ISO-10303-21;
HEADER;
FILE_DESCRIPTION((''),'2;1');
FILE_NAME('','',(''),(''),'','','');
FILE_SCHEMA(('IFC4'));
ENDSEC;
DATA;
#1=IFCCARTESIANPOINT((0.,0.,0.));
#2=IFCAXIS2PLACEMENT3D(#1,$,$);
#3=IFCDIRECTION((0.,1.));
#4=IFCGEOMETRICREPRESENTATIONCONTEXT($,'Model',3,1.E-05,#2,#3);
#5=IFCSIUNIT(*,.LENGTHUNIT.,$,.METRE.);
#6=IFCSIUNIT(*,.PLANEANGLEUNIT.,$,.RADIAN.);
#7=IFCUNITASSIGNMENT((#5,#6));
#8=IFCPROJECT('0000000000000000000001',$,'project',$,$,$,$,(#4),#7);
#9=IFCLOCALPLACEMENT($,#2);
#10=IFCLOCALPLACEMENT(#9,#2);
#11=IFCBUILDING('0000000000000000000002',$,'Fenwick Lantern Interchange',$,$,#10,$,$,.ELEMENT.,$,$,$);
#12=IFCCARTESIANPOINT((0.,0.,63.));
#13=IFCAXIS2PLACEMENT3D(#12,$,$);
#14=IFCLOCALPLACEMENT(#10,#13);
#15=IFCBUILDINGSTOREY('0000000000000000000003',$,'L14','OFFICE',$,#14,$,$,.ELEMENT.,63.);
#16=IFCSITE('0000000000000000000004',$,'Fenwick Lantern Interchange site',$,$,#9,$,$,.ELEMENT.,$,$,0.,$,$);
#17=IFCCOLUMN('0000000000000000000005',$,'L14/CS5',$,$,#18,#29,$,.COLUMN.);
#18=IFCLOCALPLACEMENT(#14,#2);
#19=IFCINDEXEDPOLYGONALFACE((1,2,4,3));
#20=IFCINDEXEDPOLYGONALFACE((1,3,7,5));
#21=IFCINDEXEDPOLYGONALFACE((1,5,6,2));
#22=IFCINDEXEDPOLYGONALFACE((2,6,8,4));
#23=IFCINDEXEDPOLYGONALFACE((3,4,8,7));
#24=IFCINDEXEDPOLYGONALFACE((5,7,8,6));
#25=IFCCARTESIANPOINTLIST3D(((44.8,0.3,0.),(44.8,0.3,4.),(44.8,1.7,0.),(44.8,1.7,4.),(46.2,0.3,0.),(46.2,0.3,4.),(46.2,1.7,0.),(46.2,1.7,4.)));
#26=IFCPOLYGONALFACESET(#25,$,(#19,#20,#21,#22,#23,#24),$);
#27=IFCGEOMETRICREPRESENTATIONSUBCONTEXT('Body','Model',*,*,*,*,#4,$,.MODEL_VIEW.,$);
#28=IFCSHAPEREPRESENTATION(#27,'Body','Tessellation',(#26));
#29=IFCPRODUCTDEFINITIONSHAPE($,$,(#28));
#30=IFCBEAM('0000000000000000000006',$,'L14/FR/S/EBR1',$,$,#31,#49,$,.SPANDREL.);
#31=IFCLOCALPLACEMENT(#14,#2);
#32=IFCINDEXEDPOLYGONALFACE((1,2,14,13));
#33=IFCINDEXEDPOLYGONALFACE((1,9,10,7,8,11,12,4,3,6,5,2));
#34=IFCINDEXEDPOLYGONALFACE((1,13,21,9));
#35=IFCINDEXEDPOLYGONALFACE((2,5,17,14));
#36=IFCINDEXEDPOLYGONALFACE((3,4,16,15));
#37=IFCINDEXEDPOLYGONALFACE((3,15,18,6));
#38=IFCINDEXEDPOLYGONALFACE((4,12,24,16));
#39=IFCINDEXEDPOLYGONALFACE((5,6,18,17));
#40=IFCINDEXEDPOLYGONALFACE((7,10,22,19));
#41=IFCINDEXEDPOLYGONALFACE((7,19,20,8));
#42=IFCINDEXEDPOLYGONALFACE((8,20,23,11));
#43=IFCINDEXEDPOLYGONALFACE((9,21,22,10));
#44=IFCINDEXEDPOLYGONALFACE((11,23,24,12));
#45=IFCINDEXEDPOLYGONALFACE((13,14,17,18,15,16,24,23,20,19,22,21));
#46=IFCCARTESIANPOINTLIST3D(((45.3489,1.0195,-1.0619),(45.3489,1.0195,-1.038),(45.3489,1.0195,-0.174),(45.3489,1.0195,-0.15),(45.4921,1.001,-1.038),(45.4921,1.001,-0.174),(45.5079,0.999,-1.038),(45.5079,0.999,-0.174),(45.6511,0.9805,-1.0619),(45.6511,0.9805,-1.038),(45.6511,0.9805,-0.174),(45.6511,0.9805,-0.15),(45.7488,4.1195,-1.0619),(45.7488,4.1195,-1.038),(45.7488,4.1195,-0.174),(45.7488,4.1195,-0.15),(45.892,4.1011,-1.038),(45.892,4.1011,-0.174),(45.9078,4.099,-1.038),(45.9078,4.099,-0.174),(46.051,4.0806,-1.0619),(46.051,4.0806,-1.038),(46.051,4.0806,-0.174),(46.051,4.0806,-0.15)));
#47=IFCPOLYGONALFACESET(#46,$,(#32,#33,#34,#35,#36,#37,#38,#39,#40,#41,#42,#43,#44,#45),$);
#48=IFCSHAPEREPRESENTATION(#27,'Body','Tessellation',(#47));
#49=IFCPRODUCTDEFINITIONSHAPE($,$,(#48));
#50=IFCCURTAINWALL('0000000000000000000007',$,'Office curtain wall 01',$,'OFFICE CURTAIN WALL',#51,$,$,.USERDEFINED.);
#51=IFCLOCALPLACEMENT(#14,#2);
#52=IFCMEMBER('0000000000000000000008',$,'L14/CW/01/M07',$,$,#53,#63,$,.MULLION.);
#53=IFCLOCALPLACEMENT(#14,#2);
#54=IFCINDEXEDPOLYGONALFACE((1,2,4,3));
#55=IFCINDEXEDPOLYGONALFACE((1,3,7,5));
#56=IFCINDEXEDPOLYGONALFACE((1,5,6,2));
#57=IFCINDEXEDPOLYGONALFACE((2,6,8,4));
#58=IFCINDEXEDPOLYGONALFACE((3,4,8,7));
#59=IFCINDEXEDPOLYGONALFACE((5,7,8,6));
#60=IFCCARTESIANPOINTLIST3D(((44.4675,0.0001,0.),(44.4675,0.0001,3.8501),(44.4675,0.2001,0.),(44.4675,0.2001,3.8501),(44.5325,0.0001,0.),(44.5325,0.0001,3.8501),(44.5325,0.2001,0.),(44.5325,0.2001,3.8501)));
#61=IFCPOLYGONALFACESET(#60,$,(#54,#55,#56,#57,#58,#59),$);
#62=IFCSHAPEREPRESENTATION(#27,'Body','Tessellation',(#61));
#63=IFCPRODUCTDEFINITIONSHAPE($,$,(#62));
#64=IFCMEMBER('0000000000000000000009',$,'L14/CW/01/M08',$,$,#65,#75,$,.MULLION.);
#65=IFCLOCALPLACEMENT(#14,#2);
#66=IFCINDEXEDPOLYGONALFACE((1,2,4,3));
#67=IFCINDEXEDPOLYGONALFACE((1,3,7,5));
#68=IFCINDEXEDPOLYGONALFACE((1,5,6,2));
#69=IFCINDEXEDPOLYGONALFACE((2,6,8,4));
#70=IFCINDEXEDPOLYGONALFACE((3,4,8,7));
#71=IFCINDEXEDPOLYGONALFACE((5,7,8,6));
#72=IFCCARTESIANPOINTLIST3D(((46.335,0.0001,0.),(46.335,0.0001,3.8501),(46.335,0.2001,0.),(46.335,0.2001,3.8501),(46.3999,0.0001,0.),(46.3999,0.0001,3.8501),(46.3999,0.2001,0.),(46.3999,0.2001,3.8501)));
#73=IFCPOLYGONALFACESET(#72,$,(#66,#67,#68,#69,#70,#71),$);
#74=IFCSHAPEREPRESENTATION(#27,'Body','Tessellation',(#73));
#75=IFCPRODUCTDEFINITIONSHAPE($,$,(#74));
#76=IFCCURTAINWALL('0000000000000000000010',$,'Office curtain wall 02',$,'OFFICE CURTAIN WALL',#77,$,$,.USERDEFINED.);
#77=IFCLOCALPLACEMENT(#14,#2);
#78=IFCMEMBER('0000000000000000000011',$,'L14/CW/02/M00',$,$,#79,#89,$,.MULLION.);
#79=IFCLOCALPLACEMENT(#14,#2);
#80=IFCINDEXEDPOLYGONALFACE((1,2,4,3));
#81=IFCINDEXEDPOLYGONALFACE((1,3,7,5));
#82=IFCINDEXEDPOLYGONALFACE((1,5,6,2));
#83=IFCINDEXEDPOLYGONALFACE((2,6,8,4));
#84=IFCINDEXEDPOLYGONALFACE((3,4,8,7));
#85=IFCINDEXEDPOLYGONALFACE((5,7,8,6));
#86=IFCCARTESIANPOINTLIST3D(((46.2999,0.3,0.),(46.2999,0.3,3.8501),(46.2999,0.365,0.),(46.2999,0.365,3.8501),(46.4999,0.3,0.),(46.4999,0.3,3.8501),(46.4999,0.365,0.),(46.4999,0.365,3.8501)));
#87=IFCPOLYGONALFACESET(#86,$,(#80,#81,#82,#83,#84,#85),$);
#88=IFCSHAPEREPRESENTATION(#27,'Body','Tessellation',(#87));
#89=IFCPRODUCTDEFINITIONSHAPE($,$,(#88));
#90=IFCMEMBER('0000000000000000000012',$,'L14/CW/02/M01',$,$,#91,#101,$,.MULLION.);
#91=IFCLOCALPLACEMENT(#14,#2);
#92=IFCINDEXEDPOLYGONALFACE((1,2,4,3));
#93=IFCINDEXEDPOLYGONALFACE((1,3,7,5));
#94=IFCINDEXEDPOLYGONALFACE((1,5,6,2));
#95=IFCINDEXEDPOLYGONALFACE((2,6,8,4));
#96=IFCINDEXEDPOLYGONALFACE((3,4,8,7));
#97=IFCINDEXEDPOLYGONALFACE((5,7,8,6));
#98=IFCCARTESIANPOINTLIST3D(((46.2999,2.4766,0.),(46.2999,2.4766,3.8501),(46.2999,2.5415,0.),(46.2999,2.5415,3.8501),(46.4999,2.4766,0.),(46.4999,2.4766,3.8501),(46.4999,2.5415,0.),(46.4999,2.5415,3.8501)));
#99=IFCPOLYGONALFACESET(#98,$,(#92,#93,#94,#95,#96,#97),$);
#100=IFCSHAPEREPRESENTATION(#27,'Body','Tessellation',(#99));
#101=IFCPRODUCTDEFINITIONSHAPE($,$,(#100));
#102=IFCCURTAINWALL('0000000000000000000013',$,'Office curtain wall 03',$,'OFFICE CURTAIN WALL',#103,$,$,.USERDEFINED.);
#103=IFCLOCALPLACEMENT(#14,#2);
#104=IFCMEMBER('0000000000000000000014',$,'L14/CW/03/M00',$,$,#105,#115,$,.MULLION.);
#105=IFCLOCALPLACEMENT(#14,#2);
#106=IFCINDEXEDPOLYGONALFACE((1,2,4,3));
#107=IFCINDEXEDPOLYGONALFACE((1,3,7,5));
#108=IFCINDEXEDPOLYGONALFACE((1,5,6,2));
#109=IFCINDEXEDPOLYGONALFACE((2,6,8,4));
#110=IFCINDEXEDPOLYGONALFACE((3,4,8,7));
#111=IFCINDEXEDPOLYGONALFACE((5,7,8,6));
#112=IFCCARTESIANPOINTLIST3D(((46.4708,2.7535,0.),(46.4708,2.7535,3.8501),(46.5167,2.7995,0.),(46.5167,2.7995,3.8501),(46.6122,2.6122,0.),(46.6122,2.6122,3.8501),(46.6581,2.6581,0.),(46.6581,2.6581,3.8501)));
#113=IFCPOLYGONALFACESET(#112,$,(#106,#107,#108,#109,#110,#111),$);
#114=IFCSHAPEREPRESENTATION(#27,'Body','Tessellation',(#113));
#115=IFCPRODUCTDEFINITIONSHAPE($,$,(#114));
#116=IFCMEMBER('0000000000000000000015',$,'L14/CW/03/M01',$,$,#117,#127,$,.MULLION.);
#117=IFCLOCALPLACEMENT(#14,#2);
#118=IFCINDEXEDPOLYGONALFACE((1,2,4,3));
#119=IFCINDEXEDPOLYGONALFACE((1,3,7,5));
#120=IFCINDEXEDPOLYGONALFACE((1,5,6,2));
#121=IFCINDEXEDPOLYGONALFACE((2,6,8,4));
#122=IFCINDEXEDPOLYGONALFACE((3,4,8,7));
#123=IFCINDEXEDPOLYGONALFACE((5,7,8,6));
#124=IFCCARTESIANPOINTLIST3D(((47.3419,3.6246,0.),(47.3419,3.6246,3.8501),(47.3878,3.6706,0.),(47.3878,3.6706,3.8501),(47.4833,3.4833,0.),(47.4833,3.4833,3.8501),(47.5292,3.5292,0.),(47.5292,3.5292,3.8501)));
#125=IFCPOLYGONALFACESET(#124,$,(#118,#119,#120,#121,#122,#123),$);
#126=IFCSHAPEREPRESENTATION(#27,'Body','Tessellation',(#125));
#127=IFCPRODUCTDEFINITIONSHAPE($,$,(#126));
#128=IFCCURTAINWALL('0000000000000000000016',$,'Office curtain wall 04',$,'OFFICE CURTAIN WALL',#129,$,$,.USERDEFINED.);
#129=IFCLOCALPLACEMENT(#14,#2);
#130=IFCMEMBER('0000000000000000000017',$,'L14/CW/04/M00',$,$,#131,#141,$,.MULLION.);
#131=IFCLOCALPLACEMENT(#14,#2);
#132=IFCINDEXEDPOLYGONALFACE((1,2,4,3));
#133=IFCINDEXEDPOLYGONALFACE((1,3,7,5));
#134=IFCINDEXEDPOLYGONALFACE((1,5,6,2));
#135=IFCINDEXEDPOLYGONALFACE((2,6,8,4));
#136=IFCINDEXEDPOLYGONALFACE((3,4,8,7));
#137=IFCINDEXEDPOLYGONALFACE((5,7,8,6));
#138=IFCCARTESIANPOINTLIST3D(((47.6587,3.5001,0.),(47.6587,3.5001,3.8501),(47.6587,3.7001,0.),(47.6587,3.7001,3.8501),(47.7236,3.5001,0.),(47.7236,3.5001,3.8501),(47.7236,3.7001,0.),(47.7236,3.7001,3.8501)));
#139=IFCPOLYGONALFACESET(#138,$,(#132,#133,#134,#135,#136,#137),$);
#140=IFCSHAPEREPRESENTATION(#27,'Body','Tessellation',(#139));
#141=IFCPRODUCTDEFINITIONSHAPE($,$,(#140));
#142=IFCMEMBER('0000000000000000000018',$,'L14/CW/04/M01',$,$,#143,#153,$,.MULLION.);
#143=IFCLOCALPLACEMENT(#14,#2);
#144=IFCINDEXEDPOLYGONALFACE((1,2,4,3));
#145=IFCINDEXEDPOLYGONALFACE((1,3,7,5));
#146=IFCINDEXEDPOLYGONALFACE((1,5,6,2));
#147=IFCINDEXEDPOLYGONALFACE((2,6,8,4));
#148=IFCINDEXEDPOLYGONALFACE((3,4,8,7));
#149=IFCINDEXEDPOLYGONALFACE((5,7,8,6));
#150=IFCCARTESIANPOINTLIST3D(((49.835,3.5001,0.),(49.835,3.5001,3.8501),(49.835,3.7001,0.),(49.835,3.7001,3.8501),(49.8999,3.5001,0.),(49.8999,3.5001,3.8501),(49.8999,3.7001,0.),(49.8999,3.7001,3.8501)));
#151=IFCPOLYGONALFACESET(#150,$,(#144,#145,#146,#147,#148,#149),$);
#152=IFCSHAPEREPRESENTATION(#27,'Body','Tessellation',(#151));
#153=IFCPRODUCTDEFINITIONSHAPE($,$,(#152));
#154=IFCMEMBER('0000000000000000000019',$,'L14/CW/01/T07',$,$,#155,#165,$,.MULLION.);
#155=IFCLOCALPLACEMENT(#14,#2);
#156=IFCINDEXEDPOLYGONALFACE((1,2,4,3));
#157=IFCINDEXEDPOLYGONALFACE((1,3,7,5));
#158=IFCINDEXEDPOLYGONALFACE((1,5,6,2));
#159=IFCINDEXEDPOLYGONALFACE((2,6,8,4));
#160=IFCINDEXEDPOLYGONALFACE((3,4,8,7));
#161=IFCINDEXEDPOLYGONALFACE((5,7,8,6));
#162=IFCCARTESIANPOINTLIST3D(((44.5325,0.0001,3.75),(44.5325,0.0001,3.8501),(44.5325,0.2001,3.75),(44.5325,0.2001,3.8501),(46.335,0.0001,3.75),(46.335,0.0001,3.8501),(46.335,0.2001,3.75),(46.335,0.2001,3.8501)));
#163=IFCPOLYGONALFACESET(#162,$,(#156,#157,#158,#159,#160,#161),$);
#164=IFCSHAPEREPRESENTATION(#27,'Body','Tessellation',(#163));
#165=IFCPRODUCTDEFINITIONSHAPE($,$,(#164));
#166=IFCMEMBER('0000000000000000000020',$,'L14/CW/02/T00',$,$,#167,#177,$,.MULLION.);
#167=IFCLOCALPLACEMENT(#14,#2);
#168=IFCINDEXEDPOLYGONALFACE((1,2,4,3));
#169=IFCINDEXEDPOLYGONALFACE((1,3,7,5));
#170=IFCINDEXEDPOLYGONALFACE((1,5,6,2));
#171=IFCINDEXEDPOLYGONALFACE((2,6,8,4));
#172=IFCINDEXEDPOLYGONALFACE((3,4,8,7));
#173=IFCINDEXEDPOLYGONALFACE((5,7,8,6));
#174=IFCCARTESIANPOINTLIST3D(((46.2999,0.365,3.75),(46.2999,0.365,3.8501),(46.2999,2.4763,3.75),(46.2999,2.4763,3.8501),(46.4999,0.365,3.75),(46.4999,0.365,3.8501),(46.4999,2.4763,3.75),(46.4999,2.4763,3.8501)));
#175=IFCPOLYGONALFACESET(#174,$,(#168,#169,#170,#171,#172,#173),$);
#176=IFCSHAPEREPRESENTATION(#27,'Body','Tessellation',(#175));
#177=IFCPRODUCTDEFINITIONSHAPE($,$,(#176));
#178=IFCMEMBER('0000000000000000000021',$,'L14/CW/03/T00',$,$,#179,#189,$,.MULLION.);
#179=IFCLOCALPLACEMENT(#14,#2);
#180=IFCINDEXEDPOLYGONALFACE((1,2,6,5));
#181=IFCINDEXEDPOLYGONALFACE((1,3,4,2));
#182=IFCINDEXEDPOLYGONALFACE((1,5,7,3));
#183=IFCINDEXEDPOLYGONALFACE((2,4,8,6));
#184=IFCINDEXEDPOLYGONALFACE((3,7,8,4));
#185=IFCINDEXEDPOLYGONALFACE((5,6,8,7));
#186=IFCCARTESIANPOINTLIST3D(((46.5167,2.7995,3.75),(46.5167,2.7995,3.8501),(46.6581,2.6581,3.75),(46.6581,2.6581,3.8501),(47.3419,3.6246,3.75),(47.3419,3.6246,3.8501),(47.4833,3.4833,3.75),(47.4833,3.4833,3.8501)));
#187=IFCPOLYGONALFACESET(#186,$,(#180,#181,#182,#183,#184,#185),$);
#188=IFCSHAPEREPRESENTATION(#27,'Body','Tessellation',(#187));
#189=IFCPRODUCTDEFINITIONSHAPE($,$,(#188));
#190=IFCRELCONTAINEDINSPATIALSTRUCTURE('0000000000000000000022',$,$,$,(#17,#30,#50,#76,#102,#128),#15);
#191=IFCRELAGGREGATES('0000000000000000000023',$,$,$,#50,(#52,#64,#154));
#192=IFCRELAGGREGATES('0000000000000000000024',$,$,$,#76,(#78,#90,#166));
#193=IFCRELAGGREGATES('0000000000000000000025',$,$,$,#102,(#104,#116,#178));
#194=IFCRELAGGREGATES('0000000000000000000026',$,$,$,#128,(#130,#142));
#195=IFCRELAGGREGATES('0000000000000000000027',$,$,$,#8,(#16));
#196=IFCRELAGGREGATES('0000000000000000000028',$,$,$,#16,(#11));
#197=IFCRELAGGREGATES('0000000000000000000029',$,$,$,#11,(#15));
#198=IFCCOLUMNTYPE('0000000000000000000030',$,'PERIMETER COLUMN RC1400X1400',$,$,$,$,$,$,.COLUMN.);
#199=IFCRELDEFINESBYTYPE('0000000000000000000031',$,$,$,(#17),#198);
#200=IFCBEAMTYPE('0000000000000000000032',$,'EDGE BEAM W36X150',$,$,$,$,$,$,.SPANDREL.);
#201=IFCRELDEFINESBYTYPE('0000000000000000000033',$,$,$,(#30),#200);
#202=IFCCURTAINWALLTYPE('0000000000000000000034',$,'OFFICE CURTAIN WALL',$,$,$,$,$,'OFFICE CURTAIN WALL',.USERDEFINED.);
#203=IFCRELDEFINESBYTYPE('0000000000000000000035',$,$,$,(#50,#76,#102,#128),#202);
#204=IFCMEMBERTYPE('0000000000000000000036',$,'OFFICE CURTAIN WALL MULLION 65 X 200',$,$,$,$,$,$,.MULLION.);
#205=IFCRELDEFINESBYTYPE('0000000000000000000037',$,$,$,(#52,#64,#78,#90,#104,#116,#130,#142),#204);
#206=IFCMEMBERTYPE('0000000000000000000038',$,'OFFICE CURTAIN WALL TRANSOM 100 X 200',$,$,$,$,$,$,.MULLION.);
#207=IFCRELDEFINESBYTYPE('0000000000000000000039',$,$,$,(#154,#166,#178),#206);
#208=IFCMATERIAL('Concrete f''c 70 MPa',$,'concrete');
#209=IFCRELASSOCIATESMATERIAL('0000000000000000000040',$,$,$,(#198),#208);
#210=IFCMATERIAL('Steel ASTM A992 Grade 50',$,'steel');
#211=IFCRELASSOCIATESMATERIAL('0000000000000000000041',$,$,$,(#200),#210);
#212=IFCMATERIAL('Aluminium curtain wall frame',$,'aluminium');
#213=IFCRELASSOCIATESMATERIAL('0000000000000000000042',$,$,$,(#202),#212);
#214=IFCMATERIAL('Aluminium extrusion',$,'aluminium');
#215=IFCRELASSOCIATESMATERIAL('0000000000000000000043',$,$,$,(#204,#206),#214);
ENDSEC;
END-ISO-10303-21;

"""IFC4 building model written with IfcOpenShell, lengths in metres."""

from ifc_helpers import new_model, si_unit, direction, frame, origin, origin_2d, place, context, subcontext, project, spatial, rectangle, i_section, extrude, material, material_profile, profile_set, type_object, element, aggregate, save


model = new_model("IFC4")

# Units and contexts
model_context = context("Model", 3, precision=1e-05, world=origin(), true_north=direction((0.0, 1.0)))
body_context = subcontext(model_context, "Body", "Model", "MODEL_VIEW")
ifc_project = project(units=[si_unit("LENGTHUNIT", "METRE"), si_unit("PLANEANGLEUNIT", "RADIAN")], contexts=[model_context])

# Site, building, storey
site_placement = place(None, origin())
site = spatial("IfcSite", under=ifc_project, at=site_placement, Name="Fenwick Lantern Interchange site", CompositionType="ELEMENT", RefElevation=0.0)
building_placement = place(site_placement, origin())
building = spatial("IfcBuilding", under=site, at=building_placement, Name="Fenwick Lantern Interchange", CompositionType="ELEMENT")
storey_placement = place(building_placement, frame((0.0, 0.0, 63.0)))
storey = spatial("IfcBuildingStorey", under=building, at=storey_placement, Name="L14", Description="OFFICE", CompositionType="ELEMENT", Elevation=63.0)

# Column
ifc_material_1 = material(Name="Concrete f'c 70 MPa", Category="concrete")
ifc_material_profile_1 = material_profile(ifc_material_1, rectangle(XDim=1.3999, YDim=1.3999, at=origin_2d()), Name="RC1400X1400")
ifc_profile_set_1 = profile_set([ifc_material_profile_1], Name="Concrete f'c 70 MPa")
column_type = type_object("IfcColumnType", Name="PERIMETER COLUMN RC1400X1400", PredefinedType="COLUMN", material=ifc_profile_set_1)
column_placement = place(storey_placement, frame((45.5, 1.0, 0.0), z_axis=(0.0, 0.0, 1.0), x_axis=(1.0, 0.0, 0.0)))
element("IfcColumn", 1, at=column_placement, inside=storey, type_object=column_type, Name="L14/CS5", PredefinedType="COLUMN", context=body_context, shape_type="SweptSolid", body=[
    extrude(rectangle(XDim=1.3999, YDim=1.3999, at=origin_2d()), origin(), (0.0, 0.0, 1.0), 4.0),
])

# Beam
ifc_material_2 = material(Name="Steel ASTM A992 Grade 50", Category="steel")
ifc_material_profile_2 = material_profile(ifc_material_2, i_section(OverallWidth=0.3047, OverallDepth=0.9119, WebThickness=0.0159, FlangeThickness=0.0239, at=origin_2d()), Name="W36X150")
ifc_profile_set_2 = profile_set([ifc_material_profile_2], Name="Steel ASTM A992 Grade 50")
beam_type = type_object("IfcBeamType", Name="EDGE BEAM W36X150", PredefinedType="SPANDREL", material=ifc_profile_set_2)
beam_placement = place(storey_placement, frame((45.5, 1.0, -0.606), z_axis=(0.127937, 0.991782, 0.0), x_axis=(-0.991782, 0.127937, 0.0)))
element("IfcBeam", 2, at=beam_placement, inside=storey, type_object=beam_type, Name="L14/FR/S/EBR1", PredefinedType="SPANDREL", context=body_context, shape_type="SweptSolid", body=[
    extrude(i_section(OverallWidth=0.3047, OverallDepth=0.9119, WebThickness=0.0159, FlangeThickness=0.0239, at=origin_2d()), origin(), (0.0, 0.0, 1.0), 3.1257),
])

# Curtain walls, members
ifc_material_3 = material(Name="Aluminium curtain wall frame", Category="aluminium")
curtain_wall_type = type_object("IfcCurtainWallType", Name="OFFICE CURTAIN WALL", ElementType="OFFICE CURTAIN WALL", PredefinedType="USERDEFINED", material=ifc_material_3)
curtain_wall_1_placement = place(storey_placement, origin())
curtain_wall_1 = element("IfcCurtainWall", 3, at=curtain_wall_1_placement, inside=storey, type_object=curtain_wall_type, Name="Office curtain wall 01", ObjectType="OFFICE CURTAIN WALL", PredefinedType="USERDEFINED")
ifc_material_4 = material(Name="Aluminium extrusion", Category="aluminium")
ifc_material_profile_3 = material_profile(ifc_material_4, rectangle(XDim=0.2, YDim=0.0649, at=origin_2d()), Name="OFFICE CURTAIN WALL MULLION 65 X 200")
ifc_profile_set_3 = profile_set([ifc_material_profile_3], Name="Aluminium extrusion")
member_type_1 = type_object("IfcMemberType", Name="OFFICE CURTAIN WALL MULLION 65 X 200", PredefinedType="MULLION", material=ifc_profile_set_3)
member_1_placement = place(storey_placement, frame((44.5, 0.1001, 0.0), z_axis=(0.0, 0.0, 1.0), x_axis=(0.0, 1.0, 0.0)))
member_1 = element("IfcMember", 4, at=member_1_placement, type_object=member_type_1, Name="L14/CW/01/M07", PredefinedType="MULLION", context=body_context, shape_type="SweptSolid", body=[
    extrude(rectangle(XDim=0.2, YDim=0.0649, at=origin_2d()), origin(), (0.0, 0.0, 1.0), 3.8501),
])
member_2_placement = place(storey_placement, frame((46.3674, 0.1001, 0.0), z_axis=(0.0, 0.0, 1.0), x_axis=(0.0, 1.0, 0.0)))
member_2 = element("IfcMember", 5, at=member_2_placement, type_object=member_type_1, Name="L14/CW/01/M08", PredefinedType="MULLION", context=body_context, shape_type="SweptSolid", body=[
    extrude(rectangle(XDim=0.2, YDim=0.0649, at=origin_2d()), origin(), (0.0, 0.0, 1.0), 3.8501),
])
curtain_wall_2_placement = place(storey_placement, origin())
curtain_wall_2 = element("IfcCurtainWall", 6, at=curtain_wall_2_placement, inside=storey, type_object=curtain_wall_type, Name="Office curtain wall 02", ObjectType="OFFICE CURTAIN WALL", PredefinedType="USERDEFINED")
member_3_placement = place(storey_placement, frame((46.3999, 0.3325, 0.0), z_axis=(0.0, 0.0, 1.0), x_axis=(-1.0, 0.0, 0.0)))
member_3 = element("IfcMember", 7, at=member_3_placement, type_object=member_type_1, Name="L14/CW/02/M00", PredefinedType="MULLION", context=body_context, shape_type="SweptSolid", body=[
    extrude(rectangle(XDim=0.2, YDim=0.0649, at=origin_2d()), origin(), (0.0, 0.0, 1.0), 3.8501),
])
member_4_placement = place(storey_placement, frame((46.3999, 2.509, 0.0), z_axis=(0.0, 0.0, 1.0), x_axis=(-1.0, 0.0, 0.0)))
member_4 = element("IfcMember", 8, at=member_4_placement, type_object=member_type_1, Name="L14/CW/02/M01", PredefinedType="MULLION", context=body_context, shape_type="SweptSolid", body=[
    extrude(rectangle(XDim=0.2, YDim=0.0649, at=origin_2d()), origin(), (0.0, 0.0, 1.0), 3.8501),
])
curtain_wall_3_placement = place(storey_placement, origin())
curtain_wall_3 = element("IfcCurtainWall", 9, at=curtain_wall_3_placement, inside=storey, type_object=curtain_wall_type, Name="Office curtain wall 03", ObjectType="OFFICE CURTAIN WALL", PredefinedType="USERDEFINED")
member_5_placement = place(storey_placement, frame((46.5645, 2.7058, 0.0), z_axis=(0.0, 0.0, 1.0), x_axis=(-0.707107, 0.707107, 0.0)))
member_5 = element("IfcMember", 10, at=member_5_placement, type_object=member_type_1, Name="L14/CW/03/M00", PredefinedType="MULLION", context=body_context, shape_type="SweptSolid", body=[
    extrude(rectangle(XDim=0.2, YDim=0.0649, at=origin_2d()), origin(), (0.0, 0.0, 1.0), 3.8501),
])
member_6_placement = place(storey_placement, frame((47.4355, 3.5769, 0.0), z_axis=(0.0, 0.0, 1.0), x_axis=(-0.707107, 0.707107, 0.0)))
member_6 = element("IfcMember", 11, at=member_6_placement, type_object=member_type_1, Name="L14/CW/03/M01", PredefinedType="MULLION", context=body_context, shape_type="SweptSolid", body=[
    extrude(rectangle(XDim=0.2, YDim=0.0649, at=origin_2d()), origin(), (0.0, 0.0, 1.0), 3.8501),
])
curtain_wall_4_placement = place(storey_placement, origin())
curtain_wall_4 = element("IfcCurtainWall", 12, at=curtain_wall_4_placement, inside=storey, type_object=curtain_wall_type, Name="Office curtain wall 04", ObjectType="OFFICE CURTAIN WALL", PredefinedType="USERDEFINED")
member_7_placement = place(storey_placement, frame((47.6912, 3.6001, 0.0), z_axis=(0.0, 0.0, 1.0), x_axis=(0.0, 1.0, 0.0)))
member_7 = element("IfcMember", 13, at=member_7_placement, type_object=member_type_1, Name="L14/CW/04/M00", PredefinedType="MULLION", context=body_context, shape_type="SweptSolid", body=[
    extrude(rectangle(XDim=0.2, YDim=0.0649, at=origin_2d()), origin(), (0.0, 0.0, 1.0), 3.8501),
])
member_8_placement = place(storey_placement, frame((49.8674, 3.6001, 0.0), z_axis=(0.0, 0.0, 1.0), x_axis=(0.0, 1.0, 0.0)))
member_8 = element("IfcMember", 14, at=member_8_placement, type_object=member_type_1, Name="L14/CW/04/M01", PredefinedType="MULLION", context=body_context, shape_type="SweptSolid", body=[
    extrude(rectangle(XDim=0.2, YDim=0.0649, at=origin_2d()), origin(), (0.0, 0.0, 1.0), 3.8501),
])

# Members
ifc_material_profile_4 = material_profile(ifc_material_4, rectangle(XDim=0.2, YDim=0.1001, at=origin_2d()), Name="OFFICE CURTAIN WALL TRANSOM 100 X 200")
ifc_profile_set_4 = profile_set([ifc_material_profile_4], Name="Aluminium extrusion")
member_type_2 = type_object("IfcMemberType", Name="OFFICE CURTAIN WALL TRANSOM 100 X 200", PredefinedType="MULLION", material=ifc_profile_set_4)
member_9_placement = place(storey_placement, frame((44.5325, 0.1001, 3.8), z_axis=(1.0, 0.0, 0.0), x_axis=(0.0, 1.0, 0.0)))
member_9 = element("IfcMember", 15, at=member_9_placement, type_object=member_type_2, Name="L14/CW/01/T07", PredefinedType="MULLION", context=body_context, shape_type="SweptSolid", body=[
    extrude(rectangle(XDim=0.2, YDim=0.1001, at=origin_2d()), origin(), (0.0, 0.0, 1.0), 1.8025),
])
aggregate(curtain_wall_1, [member_1, member_2, member_9])
member_10_placement = place(storey_placement, frame((46.3999, 0.365, 3.8), z_axis=(0.0, 1.0, 0.0), x_axis=(-1.0, 0.0, 0.0)))
member_10 = element("IfcMember", 16, at=member_10_placement, type_object=member_type_2, Name="L14/CW/02/T00", PredefinedType="MULLION", context=body_context, shape_type="SweptSolid", body=[
    extrude(rectangle(XDim=0.2, YDim=0.1001, at=origin_2d()), origin(), (0.0, 0.0, 1.0), 2.1113),
])
aggregate(curtain_wall_2, [member_3, member_4, member_10])
member_11_placement = place(storey_placement, frame((46.5874, 2.7288, 3.8), z_axis=(0.707107, 0.707107, 0.0), x_axis=(-0.707107, 0.707107, 0.0)))
member_11 = element("IfcMember", 17, at=member_11_placement, type_object=member_type_2, Name="L14/CW/03/T00", PredefinedType="MULLION", context=body_context, shape_type="SweptSolid", body=[
    extrude(rectangle(XDim=0.2, YDim=0.1001, at=origin_2d()), origin(), (0.0, 0.0, 1.0), 1.167),
])
aggregate(curtain_wall_3, [member_5, member_6, member_11])
aggregate(curtain_wall_4, [member_7, member_8])

save(model, "model.ifc")
